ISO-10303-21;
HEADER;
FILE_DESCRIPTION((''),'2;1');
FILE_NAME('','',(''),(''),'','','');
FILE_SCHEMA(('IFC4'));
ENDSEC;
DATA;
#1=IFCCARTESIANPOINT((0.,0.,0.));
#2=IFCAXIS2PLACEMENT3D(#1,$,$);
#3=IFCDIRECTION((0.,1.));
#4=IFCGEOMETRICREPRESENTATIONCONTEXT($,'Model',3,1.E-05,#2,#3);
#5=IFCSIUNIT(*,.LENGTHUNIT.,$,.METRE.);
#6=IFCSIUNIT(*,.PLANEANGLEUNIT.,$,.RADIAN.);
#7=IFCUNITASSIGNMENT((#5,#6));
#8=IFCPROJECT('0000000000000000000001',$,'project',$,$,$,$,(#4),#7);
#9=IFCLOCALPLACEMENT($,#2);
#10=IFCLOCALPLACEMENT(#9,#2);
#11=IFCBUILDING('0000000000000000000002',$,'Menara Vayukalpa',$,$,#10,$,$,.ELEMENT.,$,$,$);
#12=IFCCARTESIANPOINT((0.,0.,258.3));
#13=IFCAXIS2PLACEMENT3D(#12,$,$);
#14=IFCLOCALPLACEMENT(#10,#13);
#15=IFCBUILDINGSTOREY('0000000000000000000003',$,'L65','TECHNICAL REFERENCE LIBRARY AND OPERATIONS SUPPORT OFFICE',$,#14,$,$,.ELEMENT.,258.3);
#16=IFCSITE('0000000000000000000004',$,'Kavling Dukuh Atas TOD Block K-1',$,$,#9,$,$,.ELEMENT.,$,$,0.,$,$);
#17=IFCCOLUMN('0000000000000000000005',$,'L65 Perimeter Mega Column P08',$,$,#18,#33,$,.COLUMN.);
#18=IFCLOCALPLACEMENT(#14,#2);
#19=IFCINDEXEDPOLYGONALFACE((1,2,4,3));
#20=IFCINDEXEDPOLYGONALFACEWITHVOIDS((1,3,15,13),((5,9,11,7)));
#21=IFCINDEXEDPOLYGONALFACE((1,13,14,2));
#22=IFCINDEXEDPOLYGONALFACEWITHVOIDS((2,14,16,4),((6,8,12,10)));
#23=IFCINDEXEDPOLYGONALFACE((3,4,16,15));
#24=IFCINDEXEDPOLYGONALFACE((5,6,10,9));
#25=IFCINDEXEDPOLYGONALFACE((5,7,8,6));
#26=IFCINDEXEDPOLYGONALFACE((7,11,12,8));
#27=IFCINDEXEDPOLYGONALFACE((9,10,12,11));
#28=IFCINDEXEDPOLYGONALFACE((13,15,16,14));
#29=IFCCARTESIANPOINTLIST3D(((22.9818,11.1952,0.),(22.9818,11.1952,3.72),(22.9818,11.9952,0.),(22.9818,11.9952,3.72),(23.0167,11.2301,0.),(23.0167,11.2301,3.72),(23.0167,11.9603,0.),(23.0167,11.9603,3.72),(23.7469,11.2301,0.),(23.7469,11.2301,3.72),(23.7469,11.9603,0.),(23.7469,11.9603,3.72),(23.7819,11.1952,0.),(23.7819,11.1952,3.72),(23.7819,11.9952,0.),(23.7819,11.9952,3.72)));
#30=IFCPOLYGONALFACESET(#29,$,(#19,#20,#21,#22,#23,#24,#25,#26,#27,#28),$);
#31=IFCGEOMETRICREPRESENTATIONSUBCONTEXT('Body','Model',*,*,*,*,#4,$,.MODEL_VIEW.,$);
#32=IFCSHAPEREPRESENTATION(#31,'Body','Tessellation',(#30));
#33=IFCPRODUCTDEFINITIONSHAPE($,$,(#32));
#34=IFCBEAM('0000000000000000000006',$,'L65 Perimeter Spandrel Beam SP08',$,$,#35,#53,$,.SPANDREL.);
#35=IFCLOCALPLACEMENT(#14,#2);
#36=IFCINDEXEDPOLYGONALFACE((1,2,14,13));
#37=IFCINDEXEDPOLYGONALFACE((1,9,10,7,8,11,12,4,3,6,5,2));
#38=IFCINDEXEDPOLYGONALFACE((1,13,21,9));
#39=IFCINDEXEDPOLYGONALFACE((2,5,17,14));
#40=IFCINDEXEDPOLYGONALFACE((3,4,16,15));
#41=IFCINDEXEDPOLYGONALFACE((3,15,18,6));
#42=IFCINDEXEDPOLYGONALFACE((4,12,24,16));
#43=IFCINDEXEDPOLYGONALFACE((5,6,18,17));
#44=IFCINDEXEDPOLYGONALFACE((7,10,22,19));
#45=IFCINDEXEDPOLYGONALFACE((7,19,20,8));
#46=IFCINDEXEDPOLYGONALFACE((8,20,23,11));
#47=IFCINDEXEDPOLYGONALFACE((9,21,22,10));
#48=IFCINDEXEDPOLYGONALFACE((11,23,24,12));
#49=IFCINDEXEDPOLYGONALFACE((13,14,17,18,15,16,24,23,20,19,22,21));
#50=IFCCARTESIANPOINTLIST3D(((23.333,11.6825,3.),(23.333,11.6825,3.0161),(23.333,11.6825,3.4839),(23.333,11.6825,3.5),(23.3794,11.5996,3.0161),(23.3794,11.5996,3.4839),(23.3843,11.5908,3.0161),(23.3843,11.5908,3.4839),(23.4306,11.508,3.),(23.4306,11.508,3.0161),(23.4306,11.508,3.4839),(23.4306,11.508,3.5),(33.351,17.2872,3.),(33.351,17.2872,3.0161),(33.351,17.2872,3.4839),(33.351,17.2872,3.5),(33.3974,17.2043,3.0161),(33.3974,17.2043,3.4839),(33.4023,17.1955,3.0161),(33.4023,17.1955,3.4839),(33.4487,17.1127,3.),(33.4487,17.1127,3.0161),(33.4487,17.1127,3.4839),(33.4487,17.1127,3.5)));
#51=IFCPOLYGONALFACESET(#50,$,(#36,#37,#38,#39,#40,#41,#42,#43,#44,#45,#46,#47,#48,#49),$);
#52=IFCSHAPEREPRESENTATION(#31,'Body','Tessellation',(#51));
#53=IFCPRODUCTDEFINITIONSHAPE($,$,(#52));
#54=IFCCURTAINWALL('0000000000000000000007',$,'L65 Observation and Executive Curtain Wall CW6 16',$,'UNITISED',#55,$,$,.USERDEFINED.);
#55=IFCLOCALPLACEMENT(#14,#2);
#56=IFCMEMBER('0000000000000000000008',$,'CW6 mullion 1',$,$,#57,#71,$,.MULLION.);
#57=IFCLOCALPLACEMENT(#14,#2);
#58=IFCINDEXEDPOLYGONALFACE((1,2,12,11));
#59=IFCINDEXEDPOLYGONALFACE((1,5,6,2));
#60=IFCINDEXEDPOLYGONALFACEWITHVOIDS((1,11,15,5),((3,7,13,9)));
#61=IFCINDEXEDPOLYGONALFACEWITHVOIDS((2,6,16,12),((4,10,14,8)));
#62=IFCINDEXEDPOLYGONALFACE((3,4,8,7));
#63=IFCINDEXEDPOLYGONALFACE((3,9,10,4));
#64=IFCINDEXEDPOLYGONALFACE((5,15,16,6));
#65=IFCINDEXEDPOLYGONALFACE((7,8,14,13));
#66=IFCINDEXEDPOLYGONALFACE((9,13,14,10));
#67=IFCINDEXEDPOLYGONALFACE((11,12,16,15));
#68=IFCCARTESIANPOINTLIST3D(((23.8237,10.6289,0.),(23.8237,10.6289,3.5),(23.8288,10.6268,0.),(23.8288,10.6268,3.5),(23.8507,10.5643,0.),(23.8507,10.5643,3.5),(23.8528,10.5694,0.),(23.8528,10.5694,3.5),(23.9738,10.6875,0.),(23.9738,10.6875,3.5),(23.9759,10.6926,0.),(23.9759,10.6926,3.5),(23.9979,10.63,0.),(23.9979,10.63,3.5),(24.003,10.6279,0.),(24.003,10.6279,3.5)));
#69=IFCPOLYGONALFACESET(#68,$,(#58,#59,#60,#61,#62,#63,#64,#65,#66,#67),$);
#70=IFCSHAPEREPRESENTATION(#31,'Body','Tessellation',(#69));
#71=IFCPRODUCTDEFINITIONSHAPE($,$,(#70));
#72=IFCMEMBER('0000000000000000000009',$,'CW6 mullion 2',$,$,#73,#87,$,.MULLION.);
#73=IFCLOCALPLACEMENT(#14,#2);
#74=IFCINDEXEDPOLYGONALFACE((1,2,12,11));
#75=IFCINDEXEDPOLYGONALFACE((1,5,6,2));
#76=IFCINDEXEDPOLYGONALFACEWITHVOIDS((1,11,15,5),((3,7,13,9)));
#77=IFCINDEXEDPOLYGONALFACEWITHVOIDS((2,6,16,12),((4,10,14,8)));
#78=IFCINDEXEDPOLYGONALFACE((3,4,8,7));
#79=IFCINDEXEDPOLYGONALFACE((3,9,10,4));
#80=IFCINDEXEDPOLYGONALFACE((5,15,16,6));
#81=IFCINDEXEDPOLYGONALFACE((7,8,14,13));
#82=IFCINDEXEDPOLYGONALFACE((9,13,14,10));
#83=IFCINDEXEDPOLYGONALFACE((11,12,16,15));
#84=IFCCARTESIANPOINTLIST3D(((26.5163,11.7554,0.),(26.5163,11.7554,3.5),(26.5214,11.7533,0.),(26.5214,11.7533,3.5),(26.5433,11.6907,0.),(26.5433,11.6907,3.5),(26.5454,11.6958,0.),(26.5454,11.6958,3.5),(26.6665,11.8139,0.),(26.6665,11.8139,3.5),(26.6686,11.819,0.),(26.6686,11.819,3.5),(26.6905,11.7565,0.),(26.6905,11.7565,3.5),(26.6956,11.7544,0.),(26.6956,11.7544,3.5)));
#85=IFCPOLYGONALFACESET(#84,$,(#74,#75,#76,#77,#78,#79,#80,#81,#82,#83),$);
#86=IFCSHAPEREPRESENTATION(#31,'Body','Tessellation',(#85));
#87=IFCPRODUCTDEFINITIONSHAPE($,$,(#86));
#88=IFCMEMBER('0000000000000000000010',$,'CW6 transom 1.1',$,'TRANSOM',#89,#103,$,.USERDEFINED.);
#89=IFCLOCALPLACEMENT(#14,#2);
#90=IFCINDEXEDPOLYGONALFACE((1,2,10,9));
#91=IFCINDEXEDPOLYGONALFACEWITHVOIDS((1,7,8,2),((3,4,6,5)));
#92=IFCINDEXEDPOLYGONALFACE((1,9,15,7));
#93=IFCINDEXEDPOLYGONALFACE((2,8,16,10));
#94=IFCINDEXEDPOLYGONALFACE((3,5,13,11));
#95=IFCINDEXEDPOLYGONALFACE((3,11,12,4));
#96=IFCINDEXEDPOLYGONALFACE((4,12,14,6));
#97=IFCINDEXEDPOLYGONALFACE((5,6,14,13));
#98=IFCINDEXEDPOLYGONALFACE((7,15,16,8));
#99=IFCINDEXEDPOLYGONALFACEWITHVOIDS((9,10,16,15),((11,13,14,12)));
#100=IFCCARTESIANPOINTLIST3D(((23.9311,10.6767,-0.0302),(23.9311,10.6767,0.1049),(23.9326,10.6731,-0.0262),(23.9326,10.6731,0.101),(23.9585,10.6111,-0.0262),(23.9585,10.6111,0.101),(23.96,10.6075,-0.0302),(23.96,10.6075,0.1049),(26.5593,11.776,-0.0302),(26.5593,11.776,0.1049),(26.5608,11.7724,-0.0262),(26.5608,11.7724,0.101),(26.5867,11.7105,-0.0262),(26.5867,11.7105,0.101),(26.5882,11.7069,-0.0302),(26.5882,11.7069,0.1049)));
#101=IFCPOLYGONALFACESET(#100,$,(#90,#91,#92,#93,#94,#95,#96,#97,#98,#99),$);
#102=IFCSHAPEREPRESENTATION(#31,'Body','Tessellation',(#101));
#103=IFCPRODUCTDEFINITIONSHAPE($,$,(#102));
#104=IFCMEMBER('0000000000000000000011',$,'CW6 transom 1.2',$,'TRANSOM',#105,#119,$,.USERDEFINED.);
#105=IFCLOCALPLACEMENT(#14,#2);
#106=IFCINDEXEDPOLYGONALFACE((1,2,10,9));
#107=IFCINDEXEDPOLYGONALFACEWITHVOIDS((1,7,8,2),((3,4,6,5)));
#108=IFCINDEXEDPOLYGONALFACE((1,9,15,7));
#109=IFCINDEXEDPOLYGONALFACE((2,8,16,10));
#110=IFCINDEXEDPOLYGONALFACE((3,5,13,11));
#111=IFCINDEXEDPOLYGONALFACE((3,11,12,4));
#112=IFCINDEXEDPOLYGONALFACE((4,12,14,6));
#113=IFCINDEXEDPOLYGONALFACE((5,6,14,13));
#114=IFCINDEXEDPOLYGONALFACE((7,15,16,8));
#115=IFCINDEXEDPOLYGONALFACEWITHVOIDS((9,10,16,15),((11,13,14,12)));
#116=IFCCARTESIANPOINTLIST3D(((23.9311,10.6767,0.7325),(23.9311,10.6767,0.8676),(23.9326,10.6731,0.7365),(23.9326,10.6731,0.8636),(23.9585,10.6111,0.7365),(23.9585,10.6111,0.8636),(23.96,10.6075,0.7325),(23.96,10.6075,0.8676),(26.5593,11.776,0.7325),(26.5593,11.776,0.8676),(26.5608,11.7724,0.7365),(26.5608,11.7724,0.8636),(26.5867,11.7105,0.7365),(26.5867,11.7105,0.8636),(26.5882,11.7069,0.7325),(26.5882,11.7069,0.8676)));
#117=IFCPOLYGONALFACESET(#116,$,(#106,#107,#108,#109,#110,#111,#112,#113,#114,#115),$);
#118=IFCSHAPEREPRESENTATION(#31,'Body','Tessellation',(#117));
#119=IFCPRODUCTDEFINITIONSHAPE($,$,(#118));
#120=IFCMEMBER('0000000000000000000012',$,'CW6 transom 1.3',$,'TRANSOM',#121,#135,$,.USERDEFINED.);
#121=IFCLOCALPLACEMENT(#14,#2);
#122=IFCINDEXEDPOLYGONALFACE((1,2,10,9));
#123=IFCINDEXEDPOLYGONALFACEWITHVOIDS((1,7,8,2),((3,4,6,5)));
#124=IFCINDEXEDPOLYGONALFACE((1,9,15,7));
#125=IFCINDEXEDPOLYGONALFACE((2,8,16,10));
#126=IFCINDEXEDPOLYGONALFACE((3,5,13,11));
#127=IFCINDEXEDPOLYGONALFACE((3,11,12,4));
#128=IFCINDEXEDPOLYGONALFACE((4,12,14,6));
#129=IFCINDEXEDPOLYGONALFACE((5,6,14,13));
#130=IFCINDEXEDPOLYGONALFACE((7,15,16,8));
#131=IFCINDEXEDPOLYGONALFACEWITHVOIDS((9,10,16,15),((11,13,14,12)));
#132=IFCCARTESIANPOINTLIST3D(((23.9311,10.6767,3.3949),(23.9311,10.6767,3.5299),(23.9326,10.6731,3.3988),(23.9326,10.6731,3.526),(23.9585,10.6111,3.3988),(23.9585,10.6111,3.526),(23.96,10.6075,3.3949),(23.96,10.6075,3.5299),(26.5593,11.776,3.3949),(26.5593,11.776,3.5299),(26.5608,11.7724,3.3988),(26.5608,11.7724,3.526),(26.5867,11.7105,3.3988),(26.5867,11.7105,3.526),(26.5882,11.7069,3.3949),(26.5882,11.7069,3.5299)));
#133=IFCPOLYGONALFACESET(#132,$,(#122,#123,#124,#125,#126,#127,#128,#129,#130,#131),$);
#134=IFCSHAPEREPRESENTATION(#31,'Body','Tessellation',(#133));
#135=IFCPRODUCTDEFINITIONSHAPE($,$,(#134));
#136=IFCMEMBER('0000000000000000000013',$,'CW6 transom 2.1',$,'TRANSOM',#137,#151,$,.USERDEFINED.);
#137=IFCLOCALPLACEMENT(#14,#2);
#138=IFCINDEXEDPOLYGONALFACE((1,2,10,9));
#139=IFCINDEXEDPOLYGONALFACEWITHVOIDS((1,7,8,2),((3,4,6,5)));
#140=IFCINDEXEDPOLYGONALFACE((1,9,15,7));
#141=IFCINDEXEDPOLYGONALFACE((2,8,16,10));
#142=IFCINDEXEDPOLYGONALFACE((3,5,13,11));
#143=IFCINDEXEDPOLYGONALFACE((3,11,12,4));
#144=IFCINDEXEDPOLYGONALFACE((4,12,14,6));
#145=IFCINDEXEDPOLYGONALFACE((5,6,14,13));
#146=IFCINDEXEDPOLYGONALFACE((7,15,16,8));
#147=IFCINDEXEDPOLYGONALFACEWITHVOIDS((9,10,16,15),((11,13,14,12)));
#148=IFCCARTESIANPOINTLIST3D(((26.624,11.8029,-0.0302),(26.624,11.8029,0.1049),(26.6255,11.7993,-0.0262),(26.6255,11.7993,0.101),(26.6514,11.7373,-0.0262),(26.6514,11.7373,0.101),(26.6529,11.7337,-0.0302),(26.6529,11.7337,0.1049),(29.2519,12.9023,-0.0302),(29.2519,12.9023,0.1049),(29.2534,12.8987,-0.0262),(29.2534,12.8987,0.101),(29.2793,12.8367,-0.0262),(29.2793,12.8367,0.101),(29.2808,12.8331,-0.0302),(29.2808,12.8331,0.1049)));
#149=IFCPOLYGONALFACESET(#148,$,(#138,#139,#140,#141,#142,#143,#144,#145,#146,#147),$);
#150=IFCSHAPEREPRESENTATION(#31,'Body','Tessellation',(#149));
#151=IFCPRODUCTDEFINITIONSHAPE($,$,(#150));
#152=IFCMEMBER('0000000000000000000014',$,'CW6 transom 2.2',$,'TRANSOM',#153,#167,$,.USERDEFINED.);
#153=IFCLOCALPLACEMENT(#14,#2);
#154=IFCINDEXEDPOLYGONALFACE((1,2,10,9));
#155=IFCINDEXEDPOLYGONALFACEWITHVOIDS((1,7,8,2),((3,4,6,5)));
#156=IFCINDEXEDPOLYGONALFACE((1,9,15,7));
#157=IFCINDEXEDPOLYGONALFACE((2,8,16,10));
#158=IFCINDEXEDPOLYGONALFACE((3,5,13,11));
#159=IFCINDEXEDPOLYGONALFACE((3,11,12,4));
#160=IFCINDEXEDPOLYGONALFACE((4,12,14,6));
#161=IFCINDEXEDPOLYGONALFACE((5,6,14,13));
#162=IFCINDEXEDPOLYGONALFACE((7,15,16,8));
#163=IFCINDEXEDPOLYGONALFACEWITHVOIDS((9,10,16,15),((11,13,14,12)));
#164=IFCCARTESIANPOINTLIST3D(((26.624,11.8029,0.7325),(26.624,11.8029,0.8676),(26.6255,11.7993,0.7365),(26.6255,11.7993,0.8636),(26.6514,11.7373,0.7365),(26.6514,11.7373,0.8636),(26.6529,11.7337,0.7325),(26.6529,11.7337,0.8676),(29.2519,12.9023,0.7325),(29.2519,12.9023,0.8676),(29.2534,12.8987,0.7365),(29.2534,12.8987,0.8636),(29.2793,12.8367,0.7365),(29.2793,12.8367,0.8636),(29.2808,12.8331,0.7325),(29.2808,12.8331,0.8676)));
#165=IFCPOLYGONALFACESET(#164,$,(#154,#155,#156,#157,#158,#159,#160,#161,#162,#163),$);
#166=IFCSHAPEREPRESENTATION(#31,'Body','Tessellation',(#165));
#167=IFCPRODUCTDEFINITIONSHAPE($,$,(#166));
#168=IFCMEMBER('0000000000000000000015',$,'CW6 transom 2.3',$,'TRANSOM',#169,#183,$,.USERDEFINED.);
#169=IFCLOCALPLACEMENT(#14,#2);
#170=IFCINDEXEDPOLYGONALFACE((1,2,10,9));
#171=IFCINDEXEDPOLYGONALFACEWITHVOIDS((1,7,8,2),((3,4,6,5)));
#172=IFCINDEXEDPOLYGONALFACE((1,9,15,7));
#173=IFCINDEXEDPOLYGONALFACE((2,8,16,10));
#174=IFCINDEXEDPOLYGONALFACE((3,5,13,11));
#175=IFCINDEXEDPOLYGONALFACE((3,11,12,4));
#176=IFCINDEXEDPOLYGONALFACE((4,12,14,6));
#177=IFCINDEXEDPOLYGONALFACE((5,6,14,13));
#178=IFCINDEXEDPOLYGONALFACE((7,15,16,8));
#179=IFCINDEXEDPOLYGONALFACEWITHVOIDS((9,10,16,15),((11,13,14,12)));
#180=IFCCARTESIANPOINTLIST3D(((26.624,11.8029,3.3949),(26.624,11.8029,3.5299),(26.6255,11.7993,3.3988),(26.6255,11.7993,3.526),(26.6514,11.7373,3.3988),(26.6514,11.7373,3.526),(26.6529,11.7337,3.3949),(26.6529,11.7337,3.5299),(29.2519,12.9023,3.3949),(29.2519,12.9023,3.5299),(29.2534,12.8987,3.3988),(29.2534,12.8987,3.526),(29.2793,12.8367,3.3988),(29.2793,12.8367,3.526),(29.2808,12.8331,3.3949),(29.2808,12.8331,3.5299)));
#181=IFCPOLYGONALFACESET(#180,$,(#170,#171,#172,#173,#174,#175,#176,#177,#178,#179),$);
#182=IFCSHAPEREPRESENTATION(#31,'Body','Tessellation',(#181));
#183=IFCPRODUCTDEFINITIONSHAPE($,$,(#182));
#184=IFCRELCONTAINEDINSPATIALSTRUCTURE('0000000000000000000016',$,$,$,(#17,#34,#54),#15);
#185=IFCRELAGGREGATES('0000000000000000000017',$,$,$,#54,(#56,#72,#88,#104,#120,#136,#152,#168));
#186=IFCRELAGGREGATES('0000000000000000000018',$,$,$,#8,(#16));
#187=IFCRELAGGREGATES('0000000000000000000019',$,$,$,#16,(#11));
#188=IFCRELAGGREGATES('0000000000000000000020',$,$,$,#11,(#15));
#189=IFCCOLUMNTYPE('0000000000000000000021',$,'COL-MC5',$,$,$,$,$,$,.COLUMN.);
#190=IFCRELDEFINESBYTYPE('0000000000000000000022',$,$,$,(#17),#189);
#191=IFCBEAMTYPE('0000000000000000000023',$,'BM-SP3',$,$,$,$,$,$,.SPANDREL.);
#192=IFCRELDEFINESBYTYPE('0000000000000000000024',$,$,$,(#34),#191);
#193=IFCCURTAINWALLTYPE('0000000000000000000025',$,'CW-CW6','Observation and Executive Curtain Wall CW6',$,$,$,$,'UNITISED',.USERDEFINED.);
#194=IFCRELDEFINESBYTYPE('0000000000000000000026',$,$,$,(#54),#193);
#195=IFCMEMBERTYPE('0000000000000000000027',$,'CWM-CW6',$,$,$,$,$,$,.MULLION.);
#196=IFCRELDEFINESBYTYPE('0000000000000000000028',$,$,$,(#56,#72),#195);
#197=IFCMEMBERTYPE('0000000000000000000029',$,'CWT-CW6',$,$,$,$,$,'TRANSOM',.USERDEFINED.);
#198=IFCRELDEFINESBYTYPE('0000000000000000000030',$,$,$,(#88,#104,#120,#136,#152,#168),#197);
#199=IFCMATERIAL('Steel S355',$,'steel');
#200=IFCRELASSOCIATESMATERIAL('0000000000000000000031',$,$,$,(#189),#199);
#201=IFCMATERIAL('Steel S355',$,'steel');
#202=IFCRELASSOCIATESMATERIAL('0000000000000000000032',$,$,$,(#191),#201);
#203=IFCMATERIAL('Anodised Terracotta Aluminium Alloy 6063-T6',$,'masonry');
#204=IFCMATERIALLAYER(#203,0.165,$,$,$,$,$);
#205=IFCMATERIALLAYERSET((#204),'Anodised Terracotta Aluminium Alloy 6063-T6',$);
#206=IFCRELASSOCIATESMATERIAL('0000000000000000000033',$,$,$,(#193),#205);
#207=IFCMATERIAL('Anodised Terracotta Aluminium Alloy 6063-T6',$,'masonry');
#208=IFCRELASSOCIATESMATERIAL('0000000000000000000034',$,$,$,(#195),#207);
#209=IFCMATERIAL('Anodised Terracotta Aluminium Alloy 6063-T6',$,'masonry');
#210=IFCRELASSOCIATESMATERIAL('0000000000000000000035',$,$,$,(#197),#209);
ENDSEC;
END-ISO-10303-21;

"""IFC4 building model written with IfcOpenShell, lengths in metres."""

from ifc_helpers import new_model, si_unit, direction, frame, origin, origin_2d, place, context, subcontext, project, spatial, hollow_rectangle, i_section, extrude, material, layer, layer_set, material_profile, profile_set, type_object, element, aggregate, save


model = new_model("IFC4")

# Units and contexts
model_context = context("Model", 3, precision=1e-05, world=origin(), true_north=direction((0.0, 1.0)))
body_context = subcontext(model_context, "Body", "Model", "MODEL_VIEW")
ifc_project = project(units=[si_unit("LENGTHUNIT", "METRE"), si_unit("PLANEANGLEUNIT", "RADIAN")], contexts=[model_context])

# Site, building, storey
site_placement = place(None, origin())
site = spatial("IfcSite", under=ifc_project, at=site_placement, Name="Kavling Dukuh Atas TOD Block K-1", CompositionType="ELEMENT", RefElevation=0.0)
building_placement = place(site_placement, origin())
building = spatial("IfcBuilding", under=site, at=building_placement, Name="Menara Vayukalpa", CompositionType="ELEMENT")
storey_placement = place(building_placement, frame((0.0, 0.0, 258.3)))
storey = spatial("IfcBuildingStorey", under=building, at=storey_placement, Name="L65", Description="TECHNICAL REFERENCE LIBRARY AND OPERATIONS SUPPORT OFFICE", CompositionType="ELEMENT", Elevation=258.3)

# Column
ifc_material_1 = material(Name="Steel S355", Category="steel")
ifc_material_profile_1 = material_profile(ifc_material_1, hollow_rectangle(XDim=0.8, YDim=0.8, WallThickness=0.0349, at=origin_2d()), Name="BOX 800x800x35")
ifc_profile_set_1 = profile_set([ifc_material_profile_1], Name="Steel S355")
column_type = type_object("IfcColumnType", Name="COL-MC5", PredefinedType="COLUMN", material=ifc_profile_set_1)
column_placement = place(storey_placement, frame((23.3818, 11.5952, 0.0), z_axis=(0.0, 0.0, 1.0), x_axis=(1.0, 0.0, 0.0)))
element("IfcColumn", 1, at=column_placement, inside=storey, type_object=column_type, Name="L65 Perimeter Mega Column P08", PredefinedType="COLUMN", context=body_context, shape_type="SweptSolid", body=[
    extrude(hollow_rectangle(XDim=0.8, YDim=0.8, WallThickness=0.0349, at=origin_2d()), origin(), (0.0, 0.0, 1.0), 3.72),
])

# Beam
ifc_material_2 = material(Name="Steel S355", Category="steel")
ifc_material_profile_2 = material_profile(ifc_material_2, i_section(OverallWidth=0.2, OverallDepth=0.5, WebThickness=0.01, FlangeThickness=0.0161, at=origin_2d()), Name="WF 500x200x10x16")
ifc_profile_set_2 = profile_set([ifc_material_profile_2], Name="Steel S355")
beam_type = type_object("IfcBeamType", Name="BM-SP3", PredefinedType="SPANDREL", material=ifc_profile_set_2)
beam_placement = place(storey_placement, frame((23.3818, 11.5952, 3.25), z_axis=(0.872706, 0.488246, 0.0), x_axis=(-0.488246, 0.872706, 0.0)))
element("IfcBeam", 2, at=beam_placement, inside=storey, type_object=beam_type, Name="L65 Perimeter Spandrel Beam SP08", PredefinedType="SPANDREL", context=body_context, shape_type="SweptSolid", body=[
    extrude(i_section(OverallWidth=0.2, OverallDepth=0.5, WebThickness=0.01, FlangeThickness=0.0161, at=origin_2d()), origin(), (0.0, 0.0, 1.0), 11.4792),
])

# Curtain wall, members
ifc_material_3 = material(Name="Anodised Terracotta Aluminium Alloy 6063-T6", Category="masonry")
ifc_layer_1 = layer(ifc_material_3, 0.165)
ifc_layer_set_1 = layer_set([ifc_layer_1], Name="Anodised Terracotta Aluminium Alloy 6063-T6")
curtain_wall_type = type_object("IfcCurtainWallType", Name="CW-CW6", Description="Observation and Executive Curtain Wall CW6", ElementType="UNITISED", PredefinedType="USERDEFINED", material=ifc_layer_set_1)
curtain_wall_placement = place(storey_placement, origin())
curtain_wall = element("IfcCurtainWall", 3, at=curtain_wall_placement, inside=storey, type_object=curtain_wall_type, Name="L65 Observation and Executive Curtain Wall CW6 16", ObjectType="UNITISED", PredefinedType="USERDEFINED")
ifc_material_4 = material(Name="Anodised Terracotta Aluminium Alloy 6063-T6", Category="masonry")
ifc_material_profile_3 = material_profile(ifc_material_4, hollow_rectangle(XDim=0.0701, YDim=0.165, WallThickness=0.0039, at=origin_2d()), Name="ALU 70x165x4")
ifc_profile_set_3 = profile_set([ifc_material_profile_3], Name="Anodised Terracotta Aluminium Alloy 6063-T6")
member_type_1 = type_object("IfcMemberType", Name="CWM-CW6", PredefinedType="MULLION", material=ifc_profile_set_3)
member_1_placement = place(storey_placement, frame((23.9133, 10.6284, 0.0), z_axis=(0.0, 0.0, 1.0), x_axis=(-0.3859, 0.922541, 0.0)))
member_1 = element("IfcMember", 4, at=member_1_placement, type_object=member_type_1, Name="CW6 mullion 1", PredefinedType="MULLION", context=body_context, shape_type="SweptSolid", body=[
    extrude(hollow_rectangle(XDim=0.0701, YDim=0.165, WallThickness=0.0039, at=origin_2d()), origin(), (0.0, 0.0, 1.0), 3.5),
])
member_2_placement = place(storey_placement, frame((26.606, 11.7549, 0.0), z_axis=(0.0, 0.0, 1.0), x_axis=(-0.3859, 0.922541, 0.0)))
member_2 = element("IfcMember", 5, at=member_2_placement, type_object=member_type_1, Name="CW6 mullion 2", PredefinedType="MULLION", context=body_context, shape_type="SweptSolid", body=[
    extrude(hollow_rectangle(XDim=0.0701, YDim=0.165, WallThickness=0.0039, at=origin_2d()), origin(), (0.0, 0.0, 1.0), 3.5),
])
ifc_material_5 = material(Name="Anodised Terracotta Aluminium Alloy 6063-T6", Category="masonry")
ifc_material_profile_4 = material_profile(ifc_material_5, hollow_rectangle(XDim=0.075, YDim=0.135, WallThickness=0.0039, at=origin_2d()), Name="ALU 75x135x4")
ifc_profile_set_4 = profile_set([ifc_material_profile_4], Name="Anodised Terracotta Aluminium Alloy 6063-T6")
member_type_2 = type_object("IfcMemberType", Name="CWT-CW6", ElementType="TRANSOM", PredefinedType="USERDEFINED", material=ifc_profile_set_4)
member_3_placement = place(storey_placement, frame((23.9456, 10.6421, 0.0374), z_axis=(0.922541, 0.385899, 0.0), x_axis=(-0.385899, 0.922541, 0.0)))
member_3 = element("IfcMember", 6, at=member_3_placement, type_object=member_type_2, Name="CW6 transom 1.1", ObjectType="TRANSOM", PredefinedType="USERDEFINED", context=body_context, shape_type="SweptSolid", body=[
    extrude(hollow_rectangle(XDim=0.075, YDim=0.135, WallThickness=0.0039, at=origin_2d()), origin(), (0.0, 0.0, 1.0), 2.8489),
])
member_4_placement = place(storey_placement, frame((23.9456, 10.6421, 0.8), z_axis=(0.922541, 0.385899, 0.0), x_axis=(-0.385899, 0.922541, 0.0)))
member_4 = element("IfcMember", 7, at=member_4_placement, type_object=member_type_2, Name="CW6 transom 1.2", ObjectType="TRANSOM", PredefinedType="USERDEFINED", context=body_context, shape_type="SweptSolid", body=[
    extrude(hollow_rectangle(XDim=0.075, YDim=0.135, WallThickness=0.0039, at=origin_2d()), origin(), (0.0, 0.0, 1.0), 2.8489),
])
member_5_placement = place(storey_placement, frame((23.9456, 10.6421, 3.4624), z_axis=(0.922541, 0.385899, 0.0), x_axis=(-0.385899, 0.922541, 0.0)))
member_5 = element("IfcMember", 8, at=member_5_placement, type_object=member_type_2, Name="CW6 transom 1.3", ObjectType="TRANSOM", PredefinedType="USERDEFINED", context=body_context, shape_type="SweptSolid", body=[
    extrude(hollow_rectangle(XDim=0.075, YDim=0.135, WallThickness=0.0039, at=origin_2d()), origin(), (0.0, 0.0, 1.0), 2.8489),
])
member_6_placement = place(storey_placement, frame((26.6384, 11.7683, 0.0374), z_axis=(0.922528, 0.385929, 0.0), x_axis=(-0.385929, 0.922528, 0.0)))
member_6 = element("IfcMember", 9, at=member_6_placement, type_object=member_type_2, Name="CW6 transom 2.1", ObjectType="TRANSOM", PredefinedType="USERDEFINED", context=body_context, shape_type="SweptSolid", body=[
    extrude(hollow_rectangle(XDim=0.075, YDim=0.135, WallThickness=0.0039, at=origin_2d()), origin(), (0.0, 0.0, 1.0), 2.8486),
])
member_7_placement = place(storey_placement, frame((26.6384, 11.7683, 0.8), z_axis=(0.922528, 0.385929, 0.0), x_axis=(-0.385929, 0.922528, 0.0)))
member_7 = element("IfcMember", 10, at=member_7_placement, type_object=member_type_2, Name="CW6 transom 2.2", ObjectType="TRANSOM", PredefinedType="USERDEFINED", context=body_context, shape_type="SweptSolid", body=[
    extrude(hollow_rectangle(XDim=0.075, YDim=0.135, WallThickness=0.0039, at=origin_2d()), origin(), (0.0, 0.0, 1.0), 2.8486),
])
member_8_placement = place(storey_placement, frame((26.6384, 11.7683, 3.4624), z_axis=(0.922528, 0.385929, 0.0), x_axis=(-0.385929, 0.922528, 0.0)))
member_8 = element("IfcMember", 11, at=member_8_placement, type_object=member_type_2, Name="CW6 transom 2.3", ObjectType="TRANSOM", PredefinedType="USERDEFINED", context=body_context, shape_type="SweptSolid", body=[
    extrude(hollow_rectangle(XDim=0.075, YDim=0.135, WallThickness=0.0039, at=origin_2d()), origin(), (0.0, 0.0, 1.0), 2.8486),
])
aggregate(curtain_wall, [member_1, member_2, member_3, member_4, member_5, member_6, member_7, member_8])

save(model, "model.ifc")
